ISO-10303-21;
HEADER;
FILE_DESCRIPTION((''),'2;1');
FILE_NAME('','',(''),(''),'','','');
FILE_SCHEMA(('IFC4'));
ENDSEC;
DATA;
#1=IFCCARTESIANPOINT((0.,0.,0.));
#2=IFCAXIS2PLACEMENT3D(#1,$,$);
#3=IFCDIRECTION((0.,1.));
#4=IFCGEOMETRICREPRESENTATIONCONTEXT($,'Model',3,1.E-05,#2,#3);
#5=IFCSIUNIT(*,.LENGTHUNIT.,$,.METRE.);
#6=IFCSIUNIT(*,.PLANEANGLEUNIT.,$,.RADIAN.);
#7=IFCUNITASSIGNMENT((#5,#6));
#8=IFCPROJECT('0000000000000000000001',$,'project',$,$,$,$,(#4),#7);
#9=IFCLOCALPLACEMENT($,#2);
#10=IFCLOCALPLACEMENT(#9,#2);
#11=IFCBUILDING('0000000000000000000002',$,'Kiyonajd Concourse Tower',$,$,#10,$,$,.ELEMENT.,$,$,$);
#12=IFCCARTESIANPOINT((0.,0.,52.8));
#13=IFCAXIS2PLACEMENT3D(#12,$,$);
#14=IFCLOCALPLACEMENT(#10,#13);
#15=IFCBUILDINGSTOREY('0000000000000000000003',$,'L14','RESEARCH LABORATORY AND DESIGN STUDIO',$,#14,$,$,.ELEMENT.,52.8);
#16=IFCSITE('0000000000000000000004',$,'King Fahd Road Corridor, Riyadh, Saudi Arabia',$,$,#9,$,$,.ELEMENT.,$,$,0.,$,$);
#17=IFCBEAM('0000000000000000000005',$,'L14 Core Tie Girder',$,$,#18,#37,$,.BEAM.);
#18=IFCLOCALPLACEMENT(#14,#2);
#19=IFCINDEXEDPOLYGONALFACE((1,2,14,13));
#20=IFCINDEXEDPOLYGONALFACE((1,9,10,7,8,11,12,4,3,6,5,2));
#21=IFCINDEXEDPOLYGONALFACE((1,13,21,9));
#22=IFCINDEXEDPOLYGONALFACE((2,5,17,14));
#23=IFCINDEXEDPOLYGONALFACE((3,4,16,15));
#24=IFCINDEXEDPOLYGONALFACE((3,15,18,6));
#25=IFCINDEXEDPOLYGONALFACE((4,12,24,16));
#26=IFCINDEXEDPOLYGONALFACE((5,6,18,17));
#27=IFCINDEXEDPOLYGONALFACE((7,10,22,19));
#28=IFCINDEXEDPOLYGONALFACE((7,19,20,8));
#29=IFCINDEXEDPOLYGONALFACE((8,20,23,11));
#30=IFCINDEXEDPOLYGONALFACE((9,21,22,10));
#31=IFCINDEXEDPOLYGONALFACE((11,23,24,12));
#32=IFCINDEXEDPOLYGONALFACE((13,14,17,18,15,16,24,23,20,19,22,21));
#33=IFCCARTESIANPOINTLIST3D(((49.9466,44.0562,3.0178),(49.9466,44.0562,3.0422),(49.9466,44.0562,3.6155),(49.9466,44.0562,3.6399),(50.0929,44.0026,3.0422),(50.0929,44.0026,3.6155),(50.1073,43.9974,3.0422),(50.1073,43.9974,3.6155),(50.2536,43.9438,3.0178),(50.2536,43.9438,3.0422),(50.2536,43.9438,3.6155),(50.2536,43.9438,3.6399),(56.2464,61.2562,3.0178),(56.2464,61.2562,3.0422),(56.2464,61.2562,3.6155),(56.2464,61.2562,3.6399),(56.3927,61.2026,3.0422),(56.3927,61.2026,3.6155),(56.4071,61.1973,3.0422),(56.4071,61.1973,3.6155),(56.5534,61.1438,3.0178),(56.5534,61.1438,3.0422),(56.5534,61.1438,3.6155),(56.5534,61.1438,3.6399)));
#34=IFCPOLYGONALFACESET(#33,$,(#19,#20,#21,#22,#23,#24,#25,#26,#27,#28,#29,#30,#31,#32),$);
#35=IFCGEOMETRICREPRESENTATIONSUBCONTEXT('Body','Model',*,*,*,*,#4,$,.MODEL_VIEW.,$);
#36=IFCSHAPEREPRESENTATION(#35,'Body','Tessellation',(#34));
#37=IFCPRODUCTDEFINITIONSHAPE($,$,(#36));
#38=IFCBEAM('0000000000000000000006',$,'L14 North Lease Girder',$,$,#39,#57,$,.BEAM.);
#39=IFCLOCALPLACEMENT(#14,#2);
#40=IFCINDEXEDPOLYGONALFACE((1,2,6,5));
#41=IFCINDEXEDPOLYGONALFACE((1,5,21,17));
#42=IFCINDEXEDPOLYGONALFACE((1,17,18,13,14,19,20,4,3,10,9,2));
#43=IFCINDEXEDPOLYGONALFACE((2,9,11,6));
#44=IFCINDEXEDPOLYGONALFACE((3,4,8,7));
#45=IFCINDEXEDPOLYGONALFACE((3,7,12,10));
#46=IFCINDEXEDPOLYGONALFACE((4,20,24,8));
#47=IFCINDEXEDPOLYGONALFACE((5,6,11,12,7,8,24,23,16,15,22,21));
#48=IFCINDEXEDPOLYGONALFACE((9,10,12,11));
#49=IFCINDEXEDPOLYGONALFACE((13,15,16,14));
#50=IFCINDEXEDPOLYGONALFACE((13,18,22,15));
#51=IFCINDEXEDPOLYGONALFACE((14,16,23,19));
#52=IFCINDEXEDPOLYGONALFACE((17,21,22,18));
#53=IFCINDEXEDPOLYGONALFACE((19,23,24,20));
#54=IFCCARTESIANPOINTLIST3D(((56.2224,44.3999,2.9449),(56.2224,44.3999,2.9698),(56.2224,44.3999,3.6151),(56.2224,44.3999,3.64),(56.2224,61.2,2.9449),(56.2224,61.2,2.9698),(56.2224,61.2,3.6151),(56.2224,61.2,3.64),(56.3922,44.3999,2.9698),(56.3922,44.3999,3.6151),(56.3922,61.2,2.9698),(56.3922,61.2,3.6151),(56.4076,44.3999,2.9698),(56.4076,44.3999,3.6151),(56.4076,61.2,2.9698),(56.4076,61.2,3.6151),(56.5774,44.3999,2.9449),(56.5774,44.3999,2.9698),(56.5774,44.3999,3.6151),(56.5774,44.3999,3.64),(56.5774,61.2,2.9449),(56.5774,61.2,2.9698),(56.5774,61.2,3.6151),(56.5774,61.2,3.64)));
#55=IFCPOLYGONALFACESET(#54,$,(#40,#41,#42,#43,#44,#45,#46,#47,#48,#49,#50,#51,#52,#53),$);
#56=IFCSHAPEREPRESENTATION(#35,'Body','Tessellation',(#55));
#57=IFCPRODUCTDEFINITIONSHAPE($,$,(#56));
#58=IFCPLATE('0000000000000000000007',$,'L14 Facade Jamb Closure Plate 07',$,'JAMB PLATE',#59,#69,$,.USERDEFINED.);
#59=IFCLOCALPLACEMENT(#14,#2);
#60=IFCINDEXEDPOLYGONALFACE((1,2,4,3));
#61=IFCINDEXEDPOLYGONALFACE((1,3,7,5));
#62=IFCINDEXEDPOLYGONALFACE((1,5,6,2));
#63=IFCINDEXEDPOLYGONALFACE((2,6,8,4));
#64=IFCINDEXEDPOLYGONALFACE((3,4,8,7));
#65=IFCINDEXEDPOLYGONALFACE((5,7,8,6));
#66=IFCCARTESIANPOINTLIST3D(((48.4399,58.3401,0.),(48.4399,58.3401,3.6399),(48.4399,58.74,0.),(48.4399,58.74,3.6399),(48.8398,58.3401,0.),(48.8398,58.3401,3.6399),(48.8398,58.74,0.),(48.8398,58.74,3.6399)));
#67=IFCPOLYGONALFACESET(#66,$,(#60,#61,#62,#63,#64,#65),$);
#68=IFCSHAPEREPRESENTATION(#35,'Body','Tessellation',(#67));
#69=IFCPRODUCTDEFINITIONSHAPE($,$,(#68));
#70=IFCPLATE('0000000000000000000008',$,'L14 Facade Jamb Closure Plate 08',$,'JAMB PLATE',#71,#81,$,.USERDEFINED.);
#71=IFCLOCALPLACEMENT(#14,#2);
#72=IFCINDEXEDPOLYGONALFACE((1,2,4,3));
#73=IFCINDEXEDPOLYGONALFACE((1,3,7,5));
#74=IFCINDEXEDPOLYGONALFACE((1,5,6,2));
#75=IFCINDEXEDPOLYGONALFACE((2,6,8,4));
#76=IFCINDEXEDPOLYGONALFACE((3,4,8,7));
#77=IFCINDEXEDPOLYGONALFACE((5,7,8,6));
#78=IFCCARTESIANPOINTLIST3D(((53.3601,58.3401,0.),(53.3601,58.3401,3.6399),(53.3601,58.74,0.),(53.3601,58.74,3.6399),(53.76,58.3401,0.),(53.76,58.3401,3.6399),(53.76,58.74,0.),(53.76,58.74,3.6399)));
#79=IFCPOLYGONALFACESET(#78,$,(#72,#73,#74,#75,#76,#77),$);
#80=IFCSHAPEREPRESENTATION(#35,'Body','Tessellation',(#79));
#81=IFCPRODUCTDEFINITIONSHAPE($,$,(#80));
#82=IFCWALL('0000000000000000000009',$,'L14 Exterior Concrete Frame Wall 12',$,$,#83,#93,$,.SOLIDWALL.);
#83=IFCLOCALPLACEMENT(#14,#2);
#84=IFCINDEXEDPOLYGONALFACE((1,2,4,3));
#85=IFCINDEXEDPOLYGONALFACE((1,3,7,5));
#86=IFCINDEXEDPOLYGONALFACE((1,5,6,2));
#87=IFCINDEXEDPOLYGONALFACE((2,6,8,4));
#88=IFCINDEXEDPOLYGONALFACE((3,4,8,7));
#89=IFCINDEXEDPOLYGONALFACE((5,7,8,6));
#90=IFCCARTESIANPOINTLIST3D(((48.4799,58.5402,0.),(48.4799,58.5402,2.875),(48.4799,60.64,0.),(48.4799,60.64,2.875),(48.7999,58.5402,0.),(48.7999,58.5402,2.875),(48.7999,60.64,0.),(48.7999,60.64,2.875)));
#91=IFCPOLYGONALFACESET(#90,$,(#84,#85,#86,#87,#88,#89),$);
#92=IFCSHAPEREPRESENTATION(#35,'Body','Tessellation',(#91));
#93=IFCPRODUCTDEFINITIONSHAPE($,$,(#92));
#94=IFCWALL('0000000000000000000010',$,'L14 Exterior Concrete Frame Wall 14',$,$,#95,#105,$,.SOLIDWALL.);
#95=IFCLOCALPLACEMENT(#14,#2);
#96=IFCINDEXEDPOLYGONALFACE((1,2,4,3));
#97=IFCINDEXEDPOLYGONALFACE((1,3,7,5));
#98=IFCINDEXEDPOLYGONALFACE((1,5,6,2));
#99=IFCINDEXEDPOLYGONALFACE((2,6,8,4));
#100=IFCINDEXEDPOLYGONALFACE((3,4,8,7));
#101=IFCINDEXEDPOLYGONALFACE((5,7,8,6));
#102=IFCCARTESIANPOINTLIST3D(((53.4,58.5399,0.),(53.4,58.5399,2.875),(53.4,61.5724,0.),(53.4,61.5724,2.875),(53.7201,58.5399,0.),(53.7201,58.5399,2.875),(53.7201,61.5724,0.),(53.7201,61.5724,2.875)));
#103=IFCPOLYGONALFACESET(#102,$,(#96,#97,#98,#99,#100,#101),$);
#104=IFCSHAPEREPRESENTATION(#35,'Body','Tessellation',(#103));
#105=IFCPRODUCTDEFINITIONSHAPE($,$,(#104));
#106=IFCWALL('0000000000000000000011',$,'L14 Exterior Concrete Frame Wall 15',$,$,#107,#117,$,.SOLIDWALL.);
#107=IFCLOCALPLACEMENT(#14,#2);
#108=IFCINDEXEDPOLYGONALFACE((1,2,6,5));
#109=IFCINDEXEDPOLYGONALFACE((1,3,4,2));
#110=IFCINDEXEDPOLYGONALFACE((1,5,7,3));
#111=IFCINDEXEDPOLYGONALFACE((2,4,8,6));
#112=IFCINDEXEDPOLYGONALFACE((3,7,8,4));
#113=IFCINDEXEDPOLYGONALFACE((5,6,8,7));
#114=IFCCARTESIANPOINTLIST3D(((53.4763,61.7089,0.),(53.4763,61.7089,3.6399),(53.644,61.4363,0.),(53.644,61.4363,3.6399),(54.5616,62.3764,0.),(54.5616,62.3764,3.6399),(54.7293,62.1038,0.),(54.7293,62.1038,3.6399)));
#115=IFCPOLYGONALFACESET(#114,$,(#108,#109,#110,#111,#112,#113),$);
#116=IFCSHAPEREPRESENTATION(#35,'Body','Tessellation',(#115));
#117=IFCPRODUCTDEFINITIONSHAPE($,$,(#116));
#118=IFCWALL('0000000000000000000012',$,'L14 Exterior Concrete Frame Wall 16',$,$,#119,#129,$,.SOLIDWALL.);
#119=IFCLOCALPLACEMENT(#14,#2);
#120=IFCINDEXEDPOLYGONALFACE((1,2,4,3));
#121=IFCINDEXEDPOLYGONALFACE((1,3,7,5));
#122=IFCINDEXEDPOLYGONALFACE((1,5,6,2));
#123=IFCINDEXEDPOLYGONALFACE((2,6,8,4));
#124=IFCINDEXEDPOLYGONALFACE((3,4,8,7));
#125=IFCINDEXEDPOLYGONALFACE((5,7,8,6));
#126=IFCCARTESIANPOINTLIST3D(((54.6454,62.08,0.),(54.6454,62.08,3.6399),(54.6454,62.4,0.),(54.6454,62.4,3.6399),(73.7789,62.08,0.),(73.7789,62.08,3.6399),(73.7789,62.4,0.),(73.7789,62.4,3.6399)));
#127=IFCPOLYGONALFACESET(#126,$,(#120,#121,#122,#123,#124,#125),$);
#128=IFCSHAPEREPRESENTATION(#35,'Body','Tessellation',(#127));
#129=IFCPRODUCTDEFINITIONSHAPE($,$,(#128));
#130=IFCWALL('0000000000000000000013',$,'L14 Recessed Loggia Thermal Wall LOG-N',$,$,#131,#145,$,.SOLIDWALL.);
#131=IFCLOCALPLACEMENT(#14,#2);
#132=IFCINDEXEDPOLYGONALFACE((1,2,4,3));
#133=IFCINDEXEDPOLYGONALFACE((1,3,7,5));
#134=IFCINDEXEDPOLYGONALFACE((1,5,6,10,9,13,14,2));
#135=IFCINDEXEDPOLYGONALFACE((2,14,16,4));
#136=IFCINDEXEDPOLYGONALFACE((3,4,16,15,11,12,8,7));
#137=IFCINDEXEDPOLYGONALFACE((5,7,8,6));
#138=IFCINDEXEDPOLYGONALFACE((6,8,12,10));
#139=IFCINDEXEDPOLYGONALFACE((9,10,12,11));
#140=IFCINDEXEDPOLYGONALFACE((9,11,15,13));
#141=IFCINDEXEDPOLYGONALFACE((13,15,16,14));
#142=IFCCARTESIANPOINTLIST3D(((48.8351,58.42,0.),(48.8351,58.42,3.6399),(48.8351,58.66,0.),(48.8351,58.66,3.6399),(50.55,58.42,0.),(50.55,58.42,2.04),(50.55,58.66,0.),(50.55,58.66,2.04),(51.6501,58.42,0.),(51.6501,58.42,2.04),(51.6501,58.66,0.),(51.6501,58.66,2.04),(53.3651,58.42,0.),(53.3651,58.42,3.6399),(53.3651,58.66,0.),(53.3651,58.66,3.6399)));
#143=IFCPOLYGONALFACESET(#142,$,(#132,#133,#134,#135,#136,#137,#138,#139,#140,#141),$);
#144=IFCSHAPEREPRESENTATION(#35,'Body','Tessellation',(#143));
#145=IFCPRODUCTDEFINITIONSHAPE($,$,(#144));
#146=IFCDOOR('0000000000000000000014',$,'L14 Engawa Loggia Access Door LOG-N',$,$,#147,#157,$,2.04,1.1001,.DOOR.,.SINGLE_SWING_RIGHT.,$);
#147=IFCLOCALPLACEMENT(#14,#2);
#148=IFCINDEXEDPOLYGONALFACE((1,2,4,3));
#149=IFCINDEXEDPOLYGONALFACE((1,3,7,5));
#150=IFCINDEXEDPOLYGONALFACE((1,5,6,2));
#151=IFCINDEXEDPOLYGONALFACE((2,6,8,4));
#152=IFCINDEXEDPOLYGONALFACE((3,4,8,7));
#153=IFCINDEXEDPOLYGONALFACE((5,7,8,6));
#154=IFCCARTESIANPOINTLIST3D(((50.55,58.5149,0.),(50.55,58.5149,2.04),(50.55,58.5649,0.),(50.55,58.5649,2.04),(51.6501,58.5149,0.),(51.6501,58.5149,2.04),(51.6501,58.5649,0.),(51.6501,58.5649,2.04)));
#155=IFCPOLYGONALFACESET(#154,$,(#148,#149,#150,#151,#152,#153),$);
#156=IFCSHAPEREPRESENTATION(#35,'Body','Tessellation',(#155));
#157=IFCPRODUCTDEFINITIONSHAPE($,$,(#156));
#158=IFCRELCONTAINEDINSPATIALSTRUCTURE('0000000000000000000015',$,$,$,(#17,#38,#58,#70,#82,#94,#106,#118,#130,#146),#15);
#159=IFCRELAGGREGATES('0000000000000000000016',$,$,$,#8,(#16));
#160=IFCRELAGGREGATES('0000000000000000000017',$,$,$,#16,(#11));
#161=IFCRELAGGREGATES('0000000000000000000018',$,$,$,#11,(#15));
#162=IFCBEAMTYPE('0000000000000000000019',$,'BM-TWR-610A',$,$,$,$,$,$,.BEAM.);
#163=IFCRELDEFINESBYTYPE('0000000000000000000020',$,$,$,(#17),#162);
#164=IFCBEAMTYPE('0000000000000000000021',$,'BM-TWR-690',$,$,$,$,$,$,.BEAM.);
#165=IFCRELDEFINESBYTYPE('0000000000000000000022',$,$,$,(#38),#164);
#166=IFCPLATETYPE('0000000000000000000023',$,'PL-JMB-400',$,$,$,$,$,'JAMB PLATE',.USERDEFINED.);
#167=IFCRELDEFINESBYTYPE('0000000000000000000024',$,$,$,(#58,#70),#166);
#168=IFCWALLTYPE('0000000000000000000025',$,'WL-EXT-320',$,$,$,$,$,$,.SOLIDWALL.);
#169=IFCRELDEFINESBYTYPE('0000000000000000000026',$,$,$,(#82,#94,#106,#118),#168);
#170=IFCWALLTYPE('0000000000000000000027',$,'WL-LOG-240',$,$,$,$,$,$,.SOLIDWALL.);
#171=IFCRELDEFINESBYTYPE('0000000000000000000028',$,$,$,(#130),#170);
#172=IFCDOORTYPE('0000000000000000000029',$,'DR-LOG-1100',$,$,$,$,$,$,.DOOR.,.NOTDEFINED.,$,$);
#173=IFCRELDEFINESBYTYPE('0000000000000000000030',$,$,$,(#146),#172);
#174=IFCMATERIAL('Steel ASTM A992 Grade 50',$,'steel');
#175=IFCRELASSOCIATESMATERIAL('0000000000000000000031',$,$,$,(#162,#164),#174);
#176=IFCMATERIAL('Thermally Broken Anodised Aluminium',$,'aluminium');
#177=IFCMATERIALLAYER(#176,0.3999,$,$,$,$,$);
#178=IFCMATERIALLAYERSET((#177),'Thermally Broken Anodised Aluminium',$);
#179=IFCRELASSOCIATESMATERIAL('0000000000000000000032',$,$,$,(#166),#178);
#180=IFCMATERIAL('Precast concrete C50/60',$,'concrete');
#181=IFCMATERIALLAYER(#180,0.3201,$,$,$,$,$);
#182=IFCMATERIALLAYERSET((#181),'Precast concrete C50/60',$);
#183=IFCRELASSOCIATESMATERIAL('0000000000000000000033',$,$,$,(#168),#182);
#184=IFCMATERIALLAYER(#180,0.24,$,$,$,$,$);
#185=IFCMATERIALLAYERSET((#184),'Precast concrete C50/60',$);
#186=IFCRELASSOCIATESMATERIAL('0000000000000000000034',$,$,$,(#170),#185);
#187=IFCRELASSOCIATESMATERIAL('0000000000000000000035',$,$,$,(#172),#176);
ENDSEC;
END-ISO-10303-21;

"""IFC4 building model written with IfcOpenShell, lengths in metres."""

from ifc_helpers import new_model, si_unit, direction, frame, frame_2d, origin, origin_2d, place, context, subcontext, project, spatial, rectangle, i_section, extrude, material, layer, layer_set, material_profile, profile_set, type_object, element, fill, save


model = new_model("IFC4")

# Units and contexts
model_context = context("Model", 3, precision=1e-05, world=origin(), true_north=direction((0.0, 1.0)))
body_context = subcontext(model_context, "Body", "Model", "MODEL_VIEW")
ifc_project = project(units=[si_unit("LENGTHUNIT", "METRE"), si_unit("PLANEANGLEUNIT", "RADIAN")], contexts=[model_context])

# Site, building, storey
site_placement = place(None, origin())
site = spatial("IfcSite", under=ifc_project, at=site_placement, Name="King Fahd Road Corridor, Riyadh, Saudi Arabia", CompositionType="ELEMENT", RefElevation=0.0)
building_placement = place(site_placement, origin())
building = spatial("IfcBuilding", under=site, at=building_placement, Name="Kiyonajd Concourse Tower", CompositionType="ELEMENT")
storey_placement = place(building_placement, frame((0.0, 0.0, 52.8)))
storey = spatial("IfcBuildingStorey", under=building, at=storey_placement, Name="L14", Description="RESEARCH LABORATORY AND DESIGN STUDIO", CompositionType="ELEMENT", Elevation=52.8)

# Beams
ifc_material_1 = material(Name="Steel ASTM A992 Grade 50", Category="steel")
ifc_material_2 = material(Name="Precast concrete C50/60", Category="concrete")
ifc_material_profile_1 = material_profile(ifc_material_1, i_section(OverallWidth=0.3269, OverallDepth=0.6221, WebThickness=0.0154, FlangeThickness=0.0244, at=origin_2d()), Name="W610X195")
ifc_profile_set_1 = profile_set([ifc_material_profile_1], Name="Steel ASTM A992 Grade 50")
beam_type_1 = type_object("IfcBeamType", Name="BM-TWR-610A", PredefinedType="BEAM", material=ifc_profile_set_1)
beam_1_placement = place(storey_placement, frame((50.1001, 44.0, 3.3289), z_axis=(0.343925, 0.938997, 0.0), x_axis=(-0.938997, 0.343925, 0.0)))
element("IfcBeam", 1, at=beam_1_placement, inside=storey, type_object=beam_type_1, Name="L14 Core Tie Girder", PredefinedType="BEAM", context=body_context, shape_type="SweptSolid", body=[
    extrude(i_section(OverallWidth=0.3269, OverallDepth=0.6221, WebThickness=0.0154, FlangeThickness=0.0244, at=origin_2d()), origin(), (0.0, 0.0, 1.0), 18.3174),
])
ifc_material_profile_2 = material_profile(ifc_material_1, i_section(OverallWidth=0.355, OverallDepth=0.6951, WebThickness=0.0154, FlangeThickness=0.0249, at=origin_2d()), Name="W690X217")
ifc_profile_set_2 = profile_set([ifc_material_profile_2], Name="Steel ASTM A992 Grade 50")
beam_type_2 = type_object("IfcBeamType", Name="BM-TWR-690", PredefinedType="BEAM", material=ifc_profile_set_2)
beam_2_placement = place(storey_placement, frame((56.3999, 44.3999, 3.2925), z_axis=(0.0, 1.0, 0.0), x_axis=(-1.0, 0.0, 0.0)))
element("IfcBeam", 2, at=beam_2_placement, inside=storey, type_object=beam_type_2, Name="L14 North Lease Girder", PredefinedType="BEAM", context=body_context, shape_type="SweptSolid", body=[
    extrude(i_section(OverallWidth=0.355, OverallDepth=0.6951, WebThickness=0.0154, FlangeThickness=0.0249, at=origin_2d()), origin(), (0.0, 0.0, 1.0), 16.8),
])

# Plates
ifc_material_3 = material(Name="Thermally Broken Anodised Aluminium", Category="aluminium")
ifc_layer_1 = layer(ifc_material_3, 0.3999)
ifc_layer_set_1 = layer_set([ifc_layer_1], Name="Thermally Broken Anodised Aluminium")
plate_type = type_object("IfcPlateType", Name="PL-JMB-400", ElementType="JAMB PLATE", PredefinedType="USERDEFINED", material=ifc_layer_set_1)
for number, where, z_axis, x_axis, name in (
    (3, (48.6399, 58.54, 0.0), (0.0, 0.0, 1.0), (1.0, 0.0, 0.0), "L14 Facade Jamb Closure Plate 07"),
    (4, (53.5601, 58.54, 0.0), (0.0, 0.0, 1.0), (1.0, 0.0, 0.0), "L14 Facade Jamb Closure Plate 08"),
):
    element("IfcPlate", number, at=place(storey_placement, frame(where, z_axis=z_axis, x_axis=x_axis)), inside=storey, type_object=plate_type, Name=name, ObjectType="JAMB PLATE", PredefinedType="USERDEFINED", context=body_context, shape_type="SweptSolid", body=[
        extrude(rectangle(XDim=0.3999, YDim=0.3999, at=origin_2d()), origin(), (0.0, 0.0, 1.0), 3.6399),
    ])

# Walls
ifc_layer_2 = layer(ifc_material_2, 0.3201)
ifc_layer_set_2 = layer_set([ifc_layer_2], Name="Precast concrete C50/60")
wall_type_1 = type_object("IfcWallType", Name="WL-EXT-320", PredefinedType="SOLIDWALL", material=ifc_layer_set_2)
wall_1_placement = place(storey_placement, frame((48.6399, 60.6399, 0.0), z_axis=(0.0, 0.0, 1.0), x_axis=(0.0, -1.0, 0.0)))
element("IfcWall", 5, at=wall_1_placement, inside=storey, type_object=wall_type_1, Name="L14 Exterior Concrete Frame Wall 12", PredefinedType="SOLIDWALL", context=body_context, shape_type="SweptSolid", body=[
    extrude(rectangle(XDim=2.0999, YDim=0.3201, at=frame_2d((1.0498, 0.0))), origin(), (0.0, 0.0, 1.0), 2.875),
])
wall_2_placement = place(storey_placement, frame((53.5601, 58.54, 0.0), z_axis=(0.0, 0.0, 1.0), x_axis=(0.0, 1.0, 0.0)))
element("IfcWall", 6, at=wall_2_placement, inside=storey, type_object=wall_type_1, Name="L14 Exterior Concrete Frame Wall 14", PredefinedType="SOLIDWALL", context=body_context, shape_type="SweptSolid", body=[
    extrude(rectangle(XDim=3.0325, YDim=0.3201, at=frame_2d((1.5161, 0.0))), origin(), (0.0, 0.0, 1.0), 2.875),
])
wall_3_placement = place(storey_placement, frame((53.5601, 61.5725, 0.0), z_axis=(0.0, 0.0, 1.0), x_axis=(0.851777, 0.523905, 0.0)))
element("IfcWall", 7, at=wall_3_placement, inside=storey, type_object=wall_type_1, Name="L14 Exterior Concrete Frame Wall 15", PredefinedType="SOLIDWALL", context=body_context, shape_type="SweptSolid", body=[
    extrude(rectangle(XDim=1.2742, YDim=0.3201, at=frame_2d((0.6372, 0.0))), origin(), (0.0, 0.0, 1.0), 3.6399),
])
wall_4_placement = place(storey_placement, frame((54.6453, 62.24, 0.0), z_axis=(0.0, 0.0, 1.0), x_axis=(1.0, 0.0, 0.0)))
element("IfcWall", 8, at=wall_4_placement, inside=storey, type_object=wall_type_1, Name="L14 Exterior Concrete Frame Wall 16", PredefinedType="SOLIDWALL", context=body_context, shape_type="SweptSolid", body=[
    extrude(rectangle(XDim=19.1335, YDim=0.3201, at=frame_2d((9.5669, 0.0))), origin(), (0.0, 0.0, 1.0), 3.6399),
])

# Wall, opening, door
ifc_layer_3 = layer(ifc_material_2, 0.24)
ifc_layer_set_3 = layer_set([ifc_layer_3], Name="Precast concrete C50/60")
wall_type_2 = type_object("IfcWallType", Name="WL-LOG-240", PredefinedType="SOLIDWALL", material=ifc_layer_set_3)
wall_5_placement = place(storey_placement, frame((48.835, 58.54, 0.0), z_axis=(0.0, 0.0, 1.0), x_axis=(1.0, 0.0, 0.0)))
wall_5 = element("IfcWall", 9, at=wall_5_placement, inside=storey, type_object=wall_type_2, Name="L14 Recessed Loggia Thermal Wall LOG-N", PredefinedType="SOLIDWALL", context=body_context, shape_type="SweptSolid", body=[
    extrude(rectangle(XDim=4.53, YDim=0.24, at=frame_2d((2.2651, 0.0))), origin(), (0.0, 0.0, 1.0), 3.6399),
])
opening_1_placement = place(wall_5_placement, frame((1.7151, 0.0, 0.0)))
opening_1 = element("IfcOpeningElement", 10, at=opening_1_placement, cuts=wall_5, PredefinedType="OPENING", context=body_context, shape_type="SweptSolid", body=[
    extrude(rectangle(XDim=1.1001, YDim=2.04, at=frame_2d((0.55, 1.02))), frame((0.0, 0.1299, 0.0), z_axis=(0.0, -1.0, 0.0), x_axis=(1.0, 0.0, 0.0)), (0.0, 0.0, 1.0), 0.26),
])
door_type_1 = type_object("IfcDoorType", Name="DR-LOG-1100", OperationType="NOTDEFINED", PredefinedType="DOOR", material=ifc_material_3)
door_1_placement = place(opening_1_placement, origin())
door_1 = element("IfcDoor", 11, at=door_1_placement, inside=storey, type_object=door_type_1, Name="L14 Engawa Loggia Access Door LOG-N", OperationType="SINGLE_SWING_RIGHT", OverallHeight=2.04, OverallWidth=1.1001, PredefinedType="DOOR", context=body_context, shape_type="SweptSolid", body=[
    extrude(rectangle(XDim=1.1001, YDim=2.04, at=frame_2d((0.55, 1.02))), frame((0.0, 0.0249, 0.0), z_axis=(0.0, -1.0, 0.0), x_axis=(1.0, 0.0, 0.0)), (0.0, 0.0, 1.0), 0.05),
])
fill(opening_1, door_1)

save(model, "model.ifc")
